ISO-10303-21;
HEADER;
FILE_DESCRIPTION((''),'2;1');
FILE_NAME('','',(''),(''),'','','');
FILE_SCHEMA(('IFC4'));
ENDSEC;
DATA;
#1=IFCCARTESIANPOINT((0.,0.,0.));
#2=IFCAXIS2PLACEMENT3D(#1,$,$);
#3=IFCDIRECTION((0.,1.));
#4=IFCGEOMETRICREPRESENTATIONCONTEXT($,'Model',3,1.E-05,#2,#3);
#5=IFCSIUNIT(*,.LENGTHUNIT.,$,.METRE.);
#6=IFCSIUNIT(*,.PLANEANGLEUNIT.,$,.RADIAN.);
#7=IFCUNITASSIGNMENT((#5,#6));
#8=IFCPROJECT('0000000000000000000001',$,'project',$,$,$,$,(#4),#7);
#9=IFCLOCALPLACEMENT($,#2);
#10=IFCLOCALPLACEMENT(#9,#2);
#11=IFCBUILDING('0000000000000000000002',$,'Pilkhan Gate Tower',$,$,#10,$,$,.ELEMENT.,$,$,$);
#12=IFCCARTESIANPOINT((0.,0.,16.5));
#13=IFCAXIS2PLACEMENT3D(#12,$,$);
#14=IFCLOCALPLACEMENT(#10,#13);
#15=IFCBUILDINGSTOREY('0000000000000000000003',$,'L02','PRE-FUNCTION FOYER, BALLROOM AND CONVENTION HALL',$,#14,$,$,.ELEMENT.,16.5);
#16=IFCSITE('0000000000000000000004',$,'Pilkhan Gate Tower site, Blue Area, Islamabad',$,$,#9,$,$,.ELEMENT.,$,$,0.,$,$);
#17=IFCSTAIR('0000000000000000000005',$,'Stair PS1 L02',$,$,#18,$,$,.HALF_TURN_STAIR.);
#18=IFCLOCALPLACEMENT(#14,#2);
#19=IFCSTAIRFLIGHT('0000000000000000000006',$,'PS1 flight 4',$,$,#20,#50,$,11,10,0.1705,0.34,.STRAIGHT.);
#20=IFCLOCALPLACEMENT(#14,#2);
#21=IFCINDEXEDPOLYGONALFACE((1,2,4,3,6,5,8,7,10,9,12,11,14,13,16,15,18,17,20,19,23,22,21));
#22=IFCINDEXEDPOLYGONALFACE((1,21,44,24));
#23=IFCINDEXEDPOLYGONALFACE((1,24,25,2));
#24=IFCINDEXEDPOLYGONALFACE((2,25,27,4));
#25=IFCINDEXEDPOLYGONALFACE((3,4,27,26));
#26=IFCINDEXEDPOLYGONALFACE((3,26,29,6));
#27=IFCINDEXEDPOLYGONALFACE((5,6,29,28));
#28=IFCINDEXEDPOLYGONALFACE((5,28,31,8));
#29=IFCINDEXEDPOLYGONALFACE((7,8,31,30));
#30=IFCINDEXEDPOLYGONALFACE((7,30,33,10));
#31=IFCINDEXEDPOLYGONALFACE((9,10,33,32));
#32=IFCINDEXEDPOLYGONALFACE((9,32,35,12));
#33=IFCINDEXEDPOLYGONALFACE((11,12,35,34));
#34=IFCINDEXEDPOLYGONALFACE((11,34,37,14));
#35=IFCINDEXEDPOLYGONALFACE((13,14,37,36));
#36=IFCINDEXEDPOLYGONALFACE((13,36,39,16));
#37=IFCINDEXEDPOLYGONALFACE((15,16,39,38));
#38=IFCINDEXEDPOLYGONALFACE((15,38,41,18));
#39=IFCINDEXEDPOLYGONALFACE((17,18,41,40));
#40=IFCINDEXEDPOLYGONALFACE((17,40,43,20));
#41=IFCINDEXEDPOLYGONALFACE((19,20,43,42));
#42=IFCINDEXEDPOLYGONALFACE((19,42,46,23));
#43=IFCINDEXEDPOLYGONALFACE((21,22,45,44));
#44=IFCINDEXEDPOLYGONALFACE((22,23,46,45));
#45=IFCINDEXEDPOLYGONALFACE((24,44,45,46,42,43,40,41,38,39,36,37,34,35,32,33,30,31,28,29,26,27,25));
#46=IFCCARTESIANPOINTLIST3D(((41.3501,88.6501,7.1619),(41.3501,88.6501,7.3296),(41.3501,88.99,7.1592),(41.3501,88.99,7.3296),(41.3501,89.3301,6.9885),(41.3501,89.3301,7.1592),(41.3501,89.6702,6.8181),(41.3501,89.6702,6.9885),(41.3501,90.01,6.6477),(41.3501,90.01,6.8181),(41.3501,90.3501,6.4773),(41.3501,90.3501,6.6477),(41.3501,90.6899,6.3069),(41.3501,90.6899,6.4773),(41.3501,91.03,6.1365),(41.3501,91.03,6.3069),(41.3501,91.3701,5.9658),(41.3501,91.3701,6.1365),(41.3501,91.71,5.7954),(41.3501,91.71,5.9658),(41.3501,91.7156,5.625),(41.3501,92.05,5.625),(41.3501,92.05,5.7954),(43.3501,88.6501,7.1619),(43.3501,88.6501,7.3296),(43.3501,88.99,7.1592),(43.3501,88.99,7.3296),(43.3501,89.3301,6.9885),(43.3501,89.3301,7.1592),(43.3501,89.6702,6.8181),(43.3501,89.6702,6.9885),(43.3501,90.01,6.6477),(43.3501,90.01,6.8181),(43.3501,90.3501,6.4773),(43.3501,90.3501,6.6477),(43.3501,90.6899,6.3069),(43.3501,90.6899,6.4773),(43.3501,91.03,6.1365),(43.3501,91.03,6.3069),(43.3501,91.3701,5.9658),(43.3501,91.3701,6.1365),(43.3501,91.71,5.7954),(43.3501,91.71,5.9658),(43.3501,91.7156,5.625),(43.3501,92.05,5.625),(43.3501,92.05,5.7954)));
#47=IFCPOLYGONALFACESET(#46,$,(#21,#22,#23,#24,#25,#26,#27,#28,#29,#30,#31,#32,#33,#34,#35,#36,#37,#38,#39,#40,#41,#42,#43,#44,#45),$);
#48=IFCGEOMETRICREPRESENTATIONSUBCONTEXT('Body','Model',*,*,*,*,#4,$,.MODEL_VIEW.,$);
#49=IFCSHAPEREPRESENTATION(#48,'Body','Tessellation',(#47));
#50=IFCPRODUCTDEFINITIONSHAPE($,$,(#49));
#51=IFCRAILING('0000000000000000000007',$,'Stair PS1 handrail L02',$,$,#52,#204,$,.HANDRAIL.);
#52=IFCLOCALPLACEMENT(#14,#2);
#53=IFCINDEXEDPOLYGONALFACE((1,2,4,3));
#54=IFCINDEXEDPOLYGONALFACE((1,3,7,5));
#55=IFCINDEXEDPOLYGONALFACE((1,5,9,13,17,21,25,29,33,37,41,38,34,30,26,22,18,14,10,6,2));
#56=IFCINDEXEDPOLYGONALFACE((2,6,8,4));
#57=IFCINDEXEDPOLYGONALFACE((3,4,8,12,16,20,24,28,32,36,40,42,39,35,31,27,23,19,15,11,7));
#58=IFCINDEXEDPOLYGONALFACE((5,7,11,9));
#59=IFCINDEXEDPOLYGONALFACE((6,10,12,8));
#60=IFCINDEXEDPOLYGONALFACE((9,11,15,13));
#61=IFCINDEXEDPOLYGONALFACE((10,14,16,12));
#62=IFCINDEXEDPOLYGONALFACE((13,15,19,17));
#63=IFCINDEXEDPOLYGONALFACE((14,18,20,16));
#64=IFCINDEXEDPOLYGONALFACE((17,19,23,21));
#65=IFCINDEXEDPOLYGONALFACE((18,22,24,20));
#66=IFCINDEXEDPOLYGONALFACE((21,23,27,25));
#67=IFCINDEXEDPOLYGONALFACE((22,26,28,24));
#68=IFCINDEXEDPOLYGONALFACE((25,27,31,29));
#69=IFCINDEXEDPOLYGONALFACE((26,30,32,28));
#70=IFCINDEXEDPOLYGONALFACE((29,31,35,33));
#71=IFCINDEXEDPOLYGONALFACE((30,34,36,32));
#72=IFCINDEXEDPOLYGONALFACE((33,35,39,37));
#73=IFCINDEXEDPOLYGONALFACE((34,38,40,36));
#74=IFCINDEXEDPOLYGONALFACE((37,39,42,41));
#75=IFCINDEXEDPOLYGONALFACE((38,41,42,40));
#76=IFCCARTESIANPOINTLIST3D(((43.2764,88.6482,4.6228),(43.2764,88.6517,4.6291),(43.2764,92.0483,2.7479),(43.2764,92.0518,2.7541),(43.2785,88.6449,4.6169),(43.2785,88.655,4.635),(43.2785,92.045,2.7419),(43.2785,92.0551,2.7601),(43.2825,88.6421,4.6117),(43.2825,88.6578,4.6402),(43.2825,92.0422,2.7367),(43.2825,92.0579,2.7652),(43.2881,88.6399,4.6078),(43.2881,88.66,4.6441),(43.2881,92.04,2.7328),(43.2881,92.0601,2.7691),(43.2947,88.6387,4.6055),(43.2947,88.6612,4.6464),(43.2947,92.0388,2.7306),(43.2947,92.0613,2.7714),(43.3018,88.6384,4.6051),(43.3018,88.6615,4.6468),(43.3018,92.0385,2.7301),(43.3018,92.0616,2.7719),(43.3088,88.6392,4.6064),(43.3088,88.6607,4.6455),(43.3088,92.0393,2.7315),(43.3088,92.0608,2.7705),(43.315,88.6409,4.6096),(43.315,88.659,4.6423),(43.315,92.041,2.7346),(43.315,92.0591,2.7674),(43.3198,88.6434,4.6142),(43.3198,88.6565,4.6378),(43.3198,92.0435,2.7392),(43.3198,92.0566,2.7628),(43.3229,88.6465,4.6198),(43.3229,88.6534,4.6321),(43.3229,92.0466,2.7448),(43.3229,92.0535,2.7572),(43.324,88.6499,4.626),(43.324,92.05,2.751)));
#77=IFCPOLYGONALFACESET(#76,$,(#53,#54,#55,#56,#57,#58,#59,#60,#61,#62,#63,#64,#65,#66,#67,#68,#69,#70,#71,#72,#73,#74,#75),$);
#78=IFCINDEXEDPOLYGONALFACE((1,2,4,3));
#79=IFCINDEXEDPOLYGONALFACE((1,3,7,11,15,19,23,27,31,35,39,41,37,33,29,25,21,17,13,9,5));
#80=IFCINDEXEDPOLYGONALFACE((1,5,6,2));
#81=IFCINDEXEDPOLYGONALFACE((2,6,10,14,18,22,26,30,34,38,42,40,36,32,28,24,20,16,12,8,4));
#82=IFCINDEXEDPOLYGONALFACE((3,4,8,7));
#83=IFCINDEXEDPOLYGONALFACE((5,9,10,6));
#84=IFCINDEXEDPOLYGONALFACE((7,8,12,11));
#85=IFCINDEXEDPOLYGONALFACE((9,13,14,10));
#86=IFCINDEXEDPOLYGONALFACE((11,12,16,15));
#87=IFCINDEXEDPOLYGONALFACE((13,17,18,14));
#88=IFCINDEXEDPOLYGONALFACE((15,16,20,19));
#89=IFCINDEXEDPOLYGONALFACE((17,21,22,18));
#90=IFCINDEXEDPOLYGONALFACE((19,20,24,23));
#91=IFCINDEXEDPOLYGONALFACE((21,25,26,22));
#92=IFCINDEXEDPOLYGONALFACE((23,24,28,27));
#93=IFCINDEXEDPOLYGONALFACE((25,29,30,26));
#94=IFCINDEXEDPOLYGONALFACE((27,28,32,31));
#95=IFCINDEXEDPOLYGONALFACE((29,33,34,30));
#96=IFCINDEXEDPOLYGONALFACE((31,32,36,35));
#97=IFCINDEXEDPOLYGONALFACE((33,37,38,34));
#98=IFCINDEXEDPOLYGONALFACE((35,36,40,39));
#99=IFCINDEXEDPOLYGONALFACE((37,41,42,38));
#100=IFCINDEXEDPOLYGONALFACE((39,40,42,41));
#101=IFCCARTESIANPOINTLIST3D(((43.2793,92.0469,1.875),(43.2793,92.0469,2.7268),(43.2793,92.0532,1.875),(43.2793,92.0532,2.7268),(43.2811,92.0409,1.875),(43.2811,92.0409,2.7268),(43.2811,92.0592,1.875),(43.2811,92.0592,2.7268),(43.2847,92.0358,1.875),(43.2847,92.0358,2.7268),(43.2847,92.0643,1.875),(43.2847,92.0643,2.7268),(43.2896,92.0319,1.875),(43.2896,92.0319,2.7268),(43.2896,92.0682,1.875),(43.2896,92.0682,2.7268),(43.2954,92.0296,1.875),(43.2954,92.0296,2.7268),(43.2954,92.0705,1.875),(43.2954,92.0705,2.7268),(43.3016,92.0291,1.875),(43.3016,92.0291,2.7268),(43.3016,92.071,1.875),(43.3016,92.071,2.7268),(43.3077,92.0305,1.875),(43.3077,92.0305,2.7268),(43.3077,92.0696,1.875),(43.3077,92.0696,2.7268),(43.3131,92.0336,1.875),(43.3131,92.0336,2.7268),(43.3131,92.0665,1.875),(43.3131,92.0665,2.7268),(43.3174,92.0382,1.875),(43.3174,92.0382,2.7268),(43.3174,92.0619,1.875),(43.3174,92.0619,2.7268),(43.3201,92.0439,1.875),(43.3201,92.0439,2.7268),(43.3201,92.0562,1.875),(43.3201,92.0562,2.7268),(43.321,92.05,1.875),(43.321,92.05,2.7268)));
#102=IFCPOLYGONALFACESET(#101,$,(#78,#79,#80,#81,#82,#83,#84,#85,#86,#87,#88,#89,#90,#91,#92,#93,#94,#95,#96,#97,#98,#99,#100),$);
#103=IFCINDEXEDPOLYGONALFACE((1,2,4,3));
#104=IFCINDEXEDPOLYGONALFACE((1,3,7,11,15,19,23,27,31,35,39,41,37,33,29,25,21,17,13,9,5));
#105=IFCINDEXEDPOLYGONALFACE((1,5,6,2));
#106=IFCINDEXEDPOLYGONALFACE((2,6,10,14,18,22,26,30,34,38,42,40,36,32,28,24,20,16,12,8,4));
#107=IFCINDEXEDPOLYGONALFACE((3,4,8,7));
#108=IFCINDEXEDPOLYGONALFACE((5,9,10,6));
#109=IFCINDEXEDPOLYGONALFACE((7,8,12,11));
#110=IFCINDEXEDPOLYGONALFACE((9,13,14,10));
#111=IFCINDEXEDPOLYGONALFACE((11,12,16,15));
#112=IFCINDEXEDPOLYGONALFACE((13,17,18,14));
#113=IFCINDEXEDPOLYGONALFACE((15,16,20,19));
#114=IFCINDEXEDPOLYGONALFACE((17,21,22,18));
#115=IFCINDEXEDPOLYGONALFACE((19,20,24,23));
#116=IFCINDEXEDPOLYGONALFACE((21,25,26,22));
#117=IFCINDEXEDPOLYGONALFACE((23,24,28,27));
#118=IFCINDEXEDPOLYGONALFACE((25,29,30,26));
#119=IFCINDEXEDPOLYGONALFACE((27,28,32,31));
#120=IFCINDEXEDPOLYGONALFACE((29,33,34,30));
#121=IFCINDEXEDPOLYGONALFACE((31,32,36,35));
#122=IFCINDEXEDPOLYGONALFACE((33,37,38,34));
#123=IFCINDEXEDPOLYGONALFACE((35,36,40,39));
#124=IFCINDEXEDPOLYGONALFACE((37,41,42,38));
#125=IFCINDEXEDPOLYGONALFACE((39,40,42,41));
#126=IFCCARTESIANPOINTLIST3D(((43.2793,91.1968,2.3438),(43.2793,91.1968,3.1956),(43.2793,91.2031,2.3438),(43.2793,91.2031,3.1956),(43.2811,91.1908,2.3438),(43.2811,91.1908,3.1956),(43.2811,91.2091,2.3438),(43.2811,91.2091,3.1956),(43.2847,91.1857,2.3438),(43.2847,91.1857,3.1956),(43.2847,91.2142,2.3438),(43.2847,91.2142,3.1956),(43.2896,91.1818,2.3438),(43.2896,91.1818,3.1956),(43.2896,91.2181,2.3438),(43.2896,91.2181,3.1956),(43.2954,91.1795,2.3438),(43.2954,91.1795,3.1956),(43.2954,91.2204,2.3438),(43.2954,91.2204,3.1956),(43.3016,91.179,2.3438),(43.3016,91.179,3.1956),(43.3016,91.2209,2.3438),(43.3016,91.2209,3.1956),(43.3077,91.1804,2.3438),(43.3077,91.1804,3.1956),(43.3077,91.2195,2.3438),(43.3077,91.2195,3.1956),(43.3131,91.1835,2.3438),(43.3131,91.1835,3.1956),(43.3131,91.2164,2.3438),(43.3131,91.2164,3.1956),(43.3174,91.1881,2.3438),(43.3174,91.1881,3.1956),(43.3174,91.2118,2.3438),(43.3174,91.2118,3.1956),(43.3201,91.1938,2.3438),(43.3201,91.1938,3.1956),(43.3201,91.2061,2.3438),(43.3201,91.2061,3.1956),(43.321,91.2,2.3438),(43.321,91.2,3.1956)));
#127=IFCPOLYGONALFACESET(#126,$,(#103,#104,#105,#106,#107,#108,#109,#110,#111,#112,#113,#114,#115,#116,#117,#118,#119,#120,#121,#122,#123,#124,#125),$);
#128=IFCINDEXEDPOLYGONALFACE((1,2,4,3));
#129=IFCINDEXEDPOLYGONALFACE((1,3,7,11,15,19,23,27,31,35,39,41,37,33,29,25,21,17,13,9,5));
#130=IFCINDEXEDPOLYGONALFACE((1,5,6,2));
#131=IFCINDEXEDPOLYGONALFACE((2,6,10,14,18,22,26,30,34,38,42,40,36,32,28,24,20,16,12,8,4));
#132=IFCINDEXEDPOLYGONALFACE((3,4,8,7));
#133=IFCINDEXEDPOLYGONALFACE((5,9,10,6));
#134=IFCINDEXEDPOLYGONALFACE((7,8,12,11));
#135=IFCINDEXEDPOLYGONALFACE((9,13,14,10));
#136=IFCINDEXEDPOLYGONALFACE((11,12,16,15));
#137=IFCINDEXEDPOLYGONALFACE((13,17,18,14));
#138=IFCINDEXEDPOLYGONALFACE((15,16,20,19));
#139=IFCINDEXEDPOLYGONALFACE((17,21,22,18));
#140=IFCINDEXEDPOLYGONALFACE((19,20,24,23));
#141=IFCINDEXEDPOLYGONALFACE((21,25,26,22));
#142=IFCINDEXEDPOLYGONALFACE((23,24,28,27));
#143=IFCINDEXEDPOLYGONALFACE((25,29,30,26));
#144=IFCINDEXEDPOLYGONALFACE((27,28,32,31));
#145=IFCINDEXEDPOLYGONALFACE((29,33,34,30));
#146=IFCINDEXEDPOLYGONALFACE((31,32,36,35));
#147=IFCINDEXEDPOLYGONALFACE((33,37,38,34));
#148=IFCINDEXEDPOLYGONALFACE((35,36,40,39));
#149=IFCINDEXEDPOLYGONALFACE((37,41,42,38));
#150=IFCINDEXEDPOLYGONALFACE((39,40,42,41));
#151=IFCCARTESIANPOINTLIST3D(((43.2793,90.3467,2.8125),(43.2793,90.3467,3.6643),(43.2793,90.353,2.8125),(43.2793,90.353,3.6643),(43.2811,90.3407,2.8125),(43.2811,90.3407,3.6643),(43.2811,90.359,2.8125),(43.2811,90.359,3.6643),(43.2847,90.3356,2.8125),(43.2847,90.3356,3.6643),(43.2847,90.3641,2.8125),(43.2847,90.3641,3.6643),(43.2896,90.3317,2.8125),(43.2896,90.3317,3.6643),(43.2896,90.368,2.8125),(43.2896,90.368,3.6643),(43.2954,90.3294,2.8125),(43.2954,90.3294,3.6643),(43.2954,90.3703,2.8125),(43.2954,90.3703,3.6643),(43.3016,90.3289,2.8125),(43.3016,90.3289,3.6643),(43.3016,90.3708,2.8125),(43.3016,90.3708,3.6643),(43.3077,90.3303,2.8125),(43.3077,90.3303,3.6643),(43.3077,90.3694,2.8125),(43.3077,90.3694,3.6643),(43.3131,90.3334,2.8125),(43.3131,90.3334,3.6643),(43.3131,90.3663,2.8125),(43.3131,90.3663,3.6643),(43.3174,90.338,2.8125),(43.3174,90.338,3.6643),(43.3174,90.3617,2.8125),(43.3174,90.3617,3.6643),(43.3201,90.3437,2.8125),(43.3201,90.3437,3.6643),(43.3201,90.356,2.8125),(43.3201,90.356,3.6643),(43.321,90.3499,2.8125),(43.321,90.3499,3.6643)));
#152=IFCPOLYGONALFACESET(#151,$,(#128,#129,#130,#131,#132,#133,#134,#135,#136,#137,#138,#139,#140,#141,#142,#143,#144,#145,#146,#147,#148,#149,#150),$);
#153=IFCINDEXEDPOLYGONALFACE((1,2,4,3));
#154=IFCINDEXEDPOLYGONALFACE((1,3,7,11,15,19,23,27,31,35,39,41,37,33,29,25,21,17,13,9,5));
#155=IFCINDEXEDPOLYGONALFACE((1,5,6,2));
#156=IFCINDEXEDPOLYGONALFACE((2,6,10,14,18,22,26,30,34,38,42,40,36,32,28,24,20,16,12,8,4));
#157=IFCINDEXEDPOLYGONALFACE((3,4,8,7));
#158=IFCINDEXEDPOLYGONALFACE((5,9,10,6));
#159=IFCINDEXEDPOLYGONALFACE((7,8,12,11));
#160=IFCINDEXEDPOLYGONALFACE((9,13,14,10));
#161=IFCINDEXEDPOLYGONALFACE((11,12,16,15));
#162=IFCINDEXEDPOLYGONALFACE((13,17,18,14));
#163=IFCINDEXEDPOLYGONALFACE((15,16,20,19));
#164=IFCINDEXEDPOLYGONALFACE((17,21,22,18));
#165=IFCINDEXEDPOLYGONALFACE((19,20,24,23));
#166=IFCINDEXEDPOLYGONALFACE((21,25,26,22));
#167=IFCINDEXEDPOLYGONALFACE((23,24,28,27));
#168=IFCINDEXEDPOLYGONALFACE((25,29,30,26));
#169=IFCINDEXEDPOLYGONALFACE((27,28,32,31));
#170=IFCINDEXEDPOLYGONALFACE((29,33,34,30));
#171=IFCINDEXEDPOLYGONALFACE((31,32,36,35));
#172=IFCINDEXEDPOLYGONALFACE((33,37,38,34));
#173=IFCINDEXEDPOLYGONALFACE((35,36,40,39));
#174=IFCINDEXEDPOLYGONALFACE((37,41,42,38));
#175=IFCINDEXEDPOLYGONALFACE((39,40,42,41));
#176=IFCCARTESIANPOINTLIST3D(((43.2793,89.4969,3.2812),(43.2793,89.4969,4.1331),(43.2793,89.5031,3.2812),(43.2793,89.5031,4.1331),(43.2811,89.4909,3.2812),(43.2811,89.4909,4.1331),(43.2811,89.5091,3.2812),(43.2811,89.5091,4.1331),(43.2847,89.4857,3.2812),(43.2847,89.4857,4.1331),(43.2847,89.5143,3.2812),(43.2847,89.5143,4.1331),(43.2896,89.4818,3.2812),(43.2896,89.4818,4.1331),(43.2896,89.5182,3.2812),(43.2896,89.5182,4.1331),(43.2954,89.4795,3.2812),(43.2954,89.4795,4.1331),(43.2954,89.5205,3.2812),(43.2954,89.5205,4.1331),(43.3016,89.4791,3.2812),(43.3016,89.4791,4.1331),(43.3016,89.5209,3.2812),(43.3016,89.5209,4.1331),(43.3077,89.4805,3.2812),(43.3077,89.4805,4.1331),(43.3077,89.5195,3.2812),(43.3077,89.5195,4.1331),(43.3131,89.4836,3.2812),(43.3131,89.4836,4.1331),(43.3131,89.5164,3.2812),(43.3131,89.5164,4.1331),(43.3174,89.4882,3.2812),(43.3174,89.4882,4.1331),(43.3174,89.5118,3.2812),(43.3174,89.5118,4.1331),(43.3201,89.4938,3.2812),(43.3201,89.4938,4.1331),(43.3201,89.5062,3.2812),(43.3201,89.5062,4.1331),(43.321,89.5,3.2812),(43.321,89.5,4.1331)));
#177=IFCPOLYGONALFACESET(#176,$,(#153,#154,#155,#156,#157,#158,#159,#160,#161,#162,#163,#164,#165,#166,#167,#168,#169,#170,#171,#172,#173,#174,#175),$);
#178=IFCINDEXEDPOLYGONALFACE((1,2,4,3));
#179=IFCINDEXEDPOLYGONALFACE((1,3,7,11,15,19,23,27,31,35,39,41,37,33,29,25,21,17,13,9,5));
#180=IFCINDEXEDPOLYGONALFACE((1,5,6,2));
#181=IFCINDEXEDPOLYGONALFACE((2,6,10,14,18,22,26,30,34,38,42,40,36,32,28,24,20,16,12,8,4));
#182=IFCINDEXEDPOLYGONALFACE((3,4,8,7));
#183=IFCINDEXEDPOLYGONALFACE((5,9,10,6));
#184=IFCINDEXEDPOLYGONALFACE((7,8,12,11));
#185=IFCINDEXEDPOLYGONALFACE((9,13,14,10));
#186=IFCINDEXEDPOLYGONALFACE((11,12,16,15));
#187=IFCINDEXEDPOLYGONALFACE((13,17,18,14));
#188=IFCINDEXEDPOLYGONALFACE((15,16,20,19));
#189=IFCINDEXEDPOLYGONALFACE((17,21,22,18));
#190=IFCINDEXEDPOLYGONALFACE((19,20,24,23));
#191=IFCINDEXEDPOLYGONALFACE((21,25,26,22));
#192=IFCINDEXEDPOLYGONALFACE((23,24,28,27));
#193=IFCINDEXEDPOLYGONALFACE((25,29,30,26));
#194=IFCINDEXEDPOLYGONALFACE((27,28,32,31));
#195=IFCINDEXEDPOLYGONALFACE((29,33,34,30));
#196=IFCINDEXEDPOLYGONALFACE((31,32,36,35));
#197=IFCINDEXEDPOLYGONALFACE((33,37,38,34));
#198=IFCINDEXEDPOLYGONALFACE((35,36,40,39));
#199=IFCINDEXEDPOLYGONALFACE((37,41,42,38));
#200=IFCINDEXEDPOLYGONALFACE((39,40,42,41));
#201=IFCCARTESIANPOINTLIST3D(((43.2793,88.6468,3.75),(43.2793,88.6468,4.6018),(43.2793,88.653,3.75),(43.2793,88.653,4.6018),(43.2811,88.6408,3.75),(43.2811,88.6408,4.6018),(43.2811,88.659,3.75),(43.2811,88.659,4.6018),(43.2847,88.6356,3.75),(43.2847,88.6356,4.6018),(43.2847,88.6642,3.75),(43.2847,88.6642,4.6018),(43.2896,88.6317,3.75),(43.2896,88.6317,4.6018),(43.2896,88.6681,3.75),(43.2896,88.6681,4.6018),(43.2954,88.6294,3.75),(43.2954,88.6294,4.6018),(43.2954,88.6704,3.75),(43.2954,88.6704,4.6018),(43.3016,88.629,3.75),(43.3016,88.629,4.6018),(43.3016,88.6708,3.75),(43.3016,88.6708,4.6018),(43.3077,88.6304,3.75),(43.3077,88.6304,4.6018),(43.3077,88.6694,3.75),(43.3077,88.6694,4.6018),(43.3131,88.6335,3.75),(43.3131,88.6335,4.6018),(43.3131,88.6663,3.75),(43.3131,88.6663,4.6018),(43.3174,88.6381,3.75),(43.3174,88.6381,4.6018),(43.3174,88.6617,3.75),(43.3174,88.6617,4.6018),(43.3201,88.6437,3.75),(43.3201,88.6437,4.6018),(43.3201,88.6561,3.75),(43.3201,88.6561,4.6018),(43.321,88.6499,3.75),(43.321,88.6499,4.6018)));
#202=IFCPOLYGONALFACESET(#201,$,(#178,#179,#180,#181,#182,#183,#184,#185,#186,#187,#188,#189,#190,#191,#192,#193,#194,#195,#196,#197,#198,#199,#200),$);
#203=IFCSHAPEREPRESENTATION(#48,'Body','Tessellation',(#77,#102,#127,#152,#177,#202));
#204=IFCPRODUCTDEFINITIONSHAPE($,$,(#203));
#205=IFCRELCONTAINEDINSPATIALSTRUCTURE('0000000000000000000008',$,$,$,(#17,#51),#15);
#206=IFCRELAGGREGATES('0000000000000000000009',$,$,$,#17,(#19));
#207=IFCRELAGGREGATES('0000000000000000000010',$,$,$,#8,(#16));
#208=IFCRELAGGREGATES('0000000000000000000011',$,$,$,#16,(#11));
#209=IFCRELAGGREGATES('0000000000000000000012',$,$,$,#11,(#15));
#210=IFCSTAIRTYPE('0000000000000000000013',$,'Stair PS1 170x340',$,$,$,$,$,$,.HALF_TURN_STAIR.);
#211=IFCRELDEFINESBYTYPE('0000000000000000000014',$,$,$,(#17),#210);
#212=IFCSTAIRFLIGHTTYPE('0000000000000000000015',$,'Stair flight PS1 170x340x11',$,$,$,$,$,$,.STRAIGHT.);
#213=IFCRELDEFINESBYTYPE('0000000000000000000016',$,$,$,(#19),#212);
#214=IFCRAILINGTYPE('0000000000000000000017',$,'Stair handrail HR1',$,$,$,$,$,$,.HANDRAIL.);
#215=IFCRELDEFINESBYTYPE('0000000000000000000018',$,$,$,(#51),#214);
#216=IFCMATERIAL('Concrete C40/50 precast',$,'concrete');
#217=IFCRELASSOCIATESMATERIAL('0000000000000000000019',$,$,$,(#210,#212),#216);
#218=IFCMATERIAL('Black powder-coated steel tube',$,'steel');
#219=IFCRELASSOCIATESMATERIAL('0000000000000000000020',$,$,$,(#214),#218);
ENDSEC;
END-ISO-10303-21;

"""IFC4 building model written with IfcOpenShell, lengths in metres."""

from ifc_helpers import new_model, si_unit, direction, frame, origin, origin_2d, place, context, subcontext, project, spatial, polyline, circle, outline, extrude, material, type_object, element, aggregate, save


model = new_model("IFC4")

# Units and contexts
model_context = context("Model", 3, precision=1e-05, world=origin(), true_north=direction((0.0, 1.0)))
body_context = subcontext(model_context, "Body", "Model", "MODEL_VIEW")
ifc_project = project(units=[si_unit("LENGTHUNIT", "METRE"), si_unit("PLANEANGLEUNIT", "RADIAN")], contexts=[model_context])

# Site, building, storey
site_placement = place(None, origin())
site = spatial("IfcSite", under=ifc_project, at=site_placement, Name="Pilkhan Gate Tower site, Blue Area, Islamabad", CompositionType="ELEMENT", RefElevation=0.0)
building_placement = place(site_placement, origin())
building = spatial("IfcBuilding", under=site, at=building_placement, Name="Pilkhan Gate Tower", CompositionType="ELEMENT")
storey_placement = place(building_placement, frame((0.0, 0.0, 16.5)))
storey = spatial("IfcBuildingStorey", under=building, at=storey_placement, Name="L02", Description="PRE-FUNCTION FOYER, BALLROOM AND CONVENTION HALL", CompositionType="ELEMENT", Elevation=16.5)

# Stair, stair flight
ifc_material_1 = material(Name="Concrete C40/50 precast", Category="concrete")
stair_type = type_object("IfcStairType", Name="Stair PS1 170x340", PredefinedType="HALF_TURN_STAIR", material=ifc_material_1)
stair_placement = place(storey_placement, origin())
stair = element("IfcStair", 1, at=stair_placement, inside=storey, type_object=stair_type, Name="Stair PS1 L02", PredefinedType="HALF_TURN_STAIR")
stair_flight_type = type_object("IfcStairFlightType", Name="Stair flight PS1 170x340x11", PredefinedType="STRAIGHT", material=ifc_material_1)
stair_flight_1_placement = place(storey_placement, frame((42.3501, 92.05, 5.625), z_axis=(0.0, 0.0, 1.0), x_axis=(0.0, -1.0, 0.0)))
stair_flight_1 = element("IfcStairFlight", 2, at=stair_flight_1_placement, type_object=stair_flight_type, Name="PS1 flight 4", NumberOfRisers=11, NumberOfTreads=10, PredefinedType="STRAIGHT", RiserHeight=0.1705, TreadLength=0.34, context=body_context, shape_type="SweptSolid", body=[
    extrude(outline(polyline([(0.0, 0.0), (0.0, 0.1704), (0.3401, 0.1704), (0.3401, 0.3408), (0.6799, 0.3408), (0.6799, 0.5115), (1.02, 0.5115), (1.02, 0.6819), (1.3601, 0.6819), (1.3601, 0.8523), (1.7, 0.8523), (1.7, 1.0227), (2.04, 1.0227), (2.04, 1.1931), (2.3799, 1.1931), (2.3799, 1.3635), (2.72, 1.3635), (2.72, 1.5342), (3.0601, 1.5342), (3.0601, 1.7046), (3.3999, 1.7046), (3.3999, 1.875), (3.3999, 1.5369), (0.3345, 0.0), (0.0, 0.0)])), frame((0.0, 1.0, 0.0), z_axis=(0.0, -1.0, 0.0), x_axis=(1.0, 0.0, 0.0)), (0.0, 0.0, 1.0), 2.0),
])
aggregate(stair, [stair_flight_1])

# Railing
ifc_material_2 = material(Name="Black powder-coated steel tube", Category="steel")
railing_type_1 = type_object("IfcRailingType", Name="Stair handrail HR1", PredefinedType="HANDRAIL", material=ifc_material_2)
railing_1_placement = place(storey_placement, frame((43.3, 92.05, 1.875)))
element("IfcRailing", 3, at=railing_1_placement, inside=storey, type_object=railing_type_1, Name="Stair PS1 handrail L02", PredefinedType="HANDRAIL", context=body_context, shape_type="SweptSolid", body=[
    extrude(circle(Radius=0.0239, at=origin_2d()), frame((0.0, 0.0, 0.876), z_axis=(0.0, -0.87568, 0.482891), x_axis=(1.0, 0.0, 0.0)), (0.0, 0.0, 1.0), 3.8828),
    extrude(circle(Radius=0.021, at=origin_2d()), origin(), (0.0, 0.0, 1.0), 0.8518),
    extrude(circle(Radius=0.021, at=origin_2d()), frame((0.0, -0.8501, 0.4688)), (0.0, 0.0, 1.0), 0.8518),
    extrude(circle(Radius=0.021, at=origin_2d()), frame((0.0, -1.7002, 0.9375)), (0.0, 0.0, 1.0), 0.8518),
    extrude(circle(Radius=0.021, at=origin_2d()), frame((0.0, -2.55, 1.4062)), (0.0, 0.0, 1.0), 0.8518),
    extrude(circle(Radius=0.021, at=origin_2d()), frame((0.0, -3.4001, 1.875)), (0.0, 0.0, 1.0), 0.8518),
])

save(model, "model.ifc")
